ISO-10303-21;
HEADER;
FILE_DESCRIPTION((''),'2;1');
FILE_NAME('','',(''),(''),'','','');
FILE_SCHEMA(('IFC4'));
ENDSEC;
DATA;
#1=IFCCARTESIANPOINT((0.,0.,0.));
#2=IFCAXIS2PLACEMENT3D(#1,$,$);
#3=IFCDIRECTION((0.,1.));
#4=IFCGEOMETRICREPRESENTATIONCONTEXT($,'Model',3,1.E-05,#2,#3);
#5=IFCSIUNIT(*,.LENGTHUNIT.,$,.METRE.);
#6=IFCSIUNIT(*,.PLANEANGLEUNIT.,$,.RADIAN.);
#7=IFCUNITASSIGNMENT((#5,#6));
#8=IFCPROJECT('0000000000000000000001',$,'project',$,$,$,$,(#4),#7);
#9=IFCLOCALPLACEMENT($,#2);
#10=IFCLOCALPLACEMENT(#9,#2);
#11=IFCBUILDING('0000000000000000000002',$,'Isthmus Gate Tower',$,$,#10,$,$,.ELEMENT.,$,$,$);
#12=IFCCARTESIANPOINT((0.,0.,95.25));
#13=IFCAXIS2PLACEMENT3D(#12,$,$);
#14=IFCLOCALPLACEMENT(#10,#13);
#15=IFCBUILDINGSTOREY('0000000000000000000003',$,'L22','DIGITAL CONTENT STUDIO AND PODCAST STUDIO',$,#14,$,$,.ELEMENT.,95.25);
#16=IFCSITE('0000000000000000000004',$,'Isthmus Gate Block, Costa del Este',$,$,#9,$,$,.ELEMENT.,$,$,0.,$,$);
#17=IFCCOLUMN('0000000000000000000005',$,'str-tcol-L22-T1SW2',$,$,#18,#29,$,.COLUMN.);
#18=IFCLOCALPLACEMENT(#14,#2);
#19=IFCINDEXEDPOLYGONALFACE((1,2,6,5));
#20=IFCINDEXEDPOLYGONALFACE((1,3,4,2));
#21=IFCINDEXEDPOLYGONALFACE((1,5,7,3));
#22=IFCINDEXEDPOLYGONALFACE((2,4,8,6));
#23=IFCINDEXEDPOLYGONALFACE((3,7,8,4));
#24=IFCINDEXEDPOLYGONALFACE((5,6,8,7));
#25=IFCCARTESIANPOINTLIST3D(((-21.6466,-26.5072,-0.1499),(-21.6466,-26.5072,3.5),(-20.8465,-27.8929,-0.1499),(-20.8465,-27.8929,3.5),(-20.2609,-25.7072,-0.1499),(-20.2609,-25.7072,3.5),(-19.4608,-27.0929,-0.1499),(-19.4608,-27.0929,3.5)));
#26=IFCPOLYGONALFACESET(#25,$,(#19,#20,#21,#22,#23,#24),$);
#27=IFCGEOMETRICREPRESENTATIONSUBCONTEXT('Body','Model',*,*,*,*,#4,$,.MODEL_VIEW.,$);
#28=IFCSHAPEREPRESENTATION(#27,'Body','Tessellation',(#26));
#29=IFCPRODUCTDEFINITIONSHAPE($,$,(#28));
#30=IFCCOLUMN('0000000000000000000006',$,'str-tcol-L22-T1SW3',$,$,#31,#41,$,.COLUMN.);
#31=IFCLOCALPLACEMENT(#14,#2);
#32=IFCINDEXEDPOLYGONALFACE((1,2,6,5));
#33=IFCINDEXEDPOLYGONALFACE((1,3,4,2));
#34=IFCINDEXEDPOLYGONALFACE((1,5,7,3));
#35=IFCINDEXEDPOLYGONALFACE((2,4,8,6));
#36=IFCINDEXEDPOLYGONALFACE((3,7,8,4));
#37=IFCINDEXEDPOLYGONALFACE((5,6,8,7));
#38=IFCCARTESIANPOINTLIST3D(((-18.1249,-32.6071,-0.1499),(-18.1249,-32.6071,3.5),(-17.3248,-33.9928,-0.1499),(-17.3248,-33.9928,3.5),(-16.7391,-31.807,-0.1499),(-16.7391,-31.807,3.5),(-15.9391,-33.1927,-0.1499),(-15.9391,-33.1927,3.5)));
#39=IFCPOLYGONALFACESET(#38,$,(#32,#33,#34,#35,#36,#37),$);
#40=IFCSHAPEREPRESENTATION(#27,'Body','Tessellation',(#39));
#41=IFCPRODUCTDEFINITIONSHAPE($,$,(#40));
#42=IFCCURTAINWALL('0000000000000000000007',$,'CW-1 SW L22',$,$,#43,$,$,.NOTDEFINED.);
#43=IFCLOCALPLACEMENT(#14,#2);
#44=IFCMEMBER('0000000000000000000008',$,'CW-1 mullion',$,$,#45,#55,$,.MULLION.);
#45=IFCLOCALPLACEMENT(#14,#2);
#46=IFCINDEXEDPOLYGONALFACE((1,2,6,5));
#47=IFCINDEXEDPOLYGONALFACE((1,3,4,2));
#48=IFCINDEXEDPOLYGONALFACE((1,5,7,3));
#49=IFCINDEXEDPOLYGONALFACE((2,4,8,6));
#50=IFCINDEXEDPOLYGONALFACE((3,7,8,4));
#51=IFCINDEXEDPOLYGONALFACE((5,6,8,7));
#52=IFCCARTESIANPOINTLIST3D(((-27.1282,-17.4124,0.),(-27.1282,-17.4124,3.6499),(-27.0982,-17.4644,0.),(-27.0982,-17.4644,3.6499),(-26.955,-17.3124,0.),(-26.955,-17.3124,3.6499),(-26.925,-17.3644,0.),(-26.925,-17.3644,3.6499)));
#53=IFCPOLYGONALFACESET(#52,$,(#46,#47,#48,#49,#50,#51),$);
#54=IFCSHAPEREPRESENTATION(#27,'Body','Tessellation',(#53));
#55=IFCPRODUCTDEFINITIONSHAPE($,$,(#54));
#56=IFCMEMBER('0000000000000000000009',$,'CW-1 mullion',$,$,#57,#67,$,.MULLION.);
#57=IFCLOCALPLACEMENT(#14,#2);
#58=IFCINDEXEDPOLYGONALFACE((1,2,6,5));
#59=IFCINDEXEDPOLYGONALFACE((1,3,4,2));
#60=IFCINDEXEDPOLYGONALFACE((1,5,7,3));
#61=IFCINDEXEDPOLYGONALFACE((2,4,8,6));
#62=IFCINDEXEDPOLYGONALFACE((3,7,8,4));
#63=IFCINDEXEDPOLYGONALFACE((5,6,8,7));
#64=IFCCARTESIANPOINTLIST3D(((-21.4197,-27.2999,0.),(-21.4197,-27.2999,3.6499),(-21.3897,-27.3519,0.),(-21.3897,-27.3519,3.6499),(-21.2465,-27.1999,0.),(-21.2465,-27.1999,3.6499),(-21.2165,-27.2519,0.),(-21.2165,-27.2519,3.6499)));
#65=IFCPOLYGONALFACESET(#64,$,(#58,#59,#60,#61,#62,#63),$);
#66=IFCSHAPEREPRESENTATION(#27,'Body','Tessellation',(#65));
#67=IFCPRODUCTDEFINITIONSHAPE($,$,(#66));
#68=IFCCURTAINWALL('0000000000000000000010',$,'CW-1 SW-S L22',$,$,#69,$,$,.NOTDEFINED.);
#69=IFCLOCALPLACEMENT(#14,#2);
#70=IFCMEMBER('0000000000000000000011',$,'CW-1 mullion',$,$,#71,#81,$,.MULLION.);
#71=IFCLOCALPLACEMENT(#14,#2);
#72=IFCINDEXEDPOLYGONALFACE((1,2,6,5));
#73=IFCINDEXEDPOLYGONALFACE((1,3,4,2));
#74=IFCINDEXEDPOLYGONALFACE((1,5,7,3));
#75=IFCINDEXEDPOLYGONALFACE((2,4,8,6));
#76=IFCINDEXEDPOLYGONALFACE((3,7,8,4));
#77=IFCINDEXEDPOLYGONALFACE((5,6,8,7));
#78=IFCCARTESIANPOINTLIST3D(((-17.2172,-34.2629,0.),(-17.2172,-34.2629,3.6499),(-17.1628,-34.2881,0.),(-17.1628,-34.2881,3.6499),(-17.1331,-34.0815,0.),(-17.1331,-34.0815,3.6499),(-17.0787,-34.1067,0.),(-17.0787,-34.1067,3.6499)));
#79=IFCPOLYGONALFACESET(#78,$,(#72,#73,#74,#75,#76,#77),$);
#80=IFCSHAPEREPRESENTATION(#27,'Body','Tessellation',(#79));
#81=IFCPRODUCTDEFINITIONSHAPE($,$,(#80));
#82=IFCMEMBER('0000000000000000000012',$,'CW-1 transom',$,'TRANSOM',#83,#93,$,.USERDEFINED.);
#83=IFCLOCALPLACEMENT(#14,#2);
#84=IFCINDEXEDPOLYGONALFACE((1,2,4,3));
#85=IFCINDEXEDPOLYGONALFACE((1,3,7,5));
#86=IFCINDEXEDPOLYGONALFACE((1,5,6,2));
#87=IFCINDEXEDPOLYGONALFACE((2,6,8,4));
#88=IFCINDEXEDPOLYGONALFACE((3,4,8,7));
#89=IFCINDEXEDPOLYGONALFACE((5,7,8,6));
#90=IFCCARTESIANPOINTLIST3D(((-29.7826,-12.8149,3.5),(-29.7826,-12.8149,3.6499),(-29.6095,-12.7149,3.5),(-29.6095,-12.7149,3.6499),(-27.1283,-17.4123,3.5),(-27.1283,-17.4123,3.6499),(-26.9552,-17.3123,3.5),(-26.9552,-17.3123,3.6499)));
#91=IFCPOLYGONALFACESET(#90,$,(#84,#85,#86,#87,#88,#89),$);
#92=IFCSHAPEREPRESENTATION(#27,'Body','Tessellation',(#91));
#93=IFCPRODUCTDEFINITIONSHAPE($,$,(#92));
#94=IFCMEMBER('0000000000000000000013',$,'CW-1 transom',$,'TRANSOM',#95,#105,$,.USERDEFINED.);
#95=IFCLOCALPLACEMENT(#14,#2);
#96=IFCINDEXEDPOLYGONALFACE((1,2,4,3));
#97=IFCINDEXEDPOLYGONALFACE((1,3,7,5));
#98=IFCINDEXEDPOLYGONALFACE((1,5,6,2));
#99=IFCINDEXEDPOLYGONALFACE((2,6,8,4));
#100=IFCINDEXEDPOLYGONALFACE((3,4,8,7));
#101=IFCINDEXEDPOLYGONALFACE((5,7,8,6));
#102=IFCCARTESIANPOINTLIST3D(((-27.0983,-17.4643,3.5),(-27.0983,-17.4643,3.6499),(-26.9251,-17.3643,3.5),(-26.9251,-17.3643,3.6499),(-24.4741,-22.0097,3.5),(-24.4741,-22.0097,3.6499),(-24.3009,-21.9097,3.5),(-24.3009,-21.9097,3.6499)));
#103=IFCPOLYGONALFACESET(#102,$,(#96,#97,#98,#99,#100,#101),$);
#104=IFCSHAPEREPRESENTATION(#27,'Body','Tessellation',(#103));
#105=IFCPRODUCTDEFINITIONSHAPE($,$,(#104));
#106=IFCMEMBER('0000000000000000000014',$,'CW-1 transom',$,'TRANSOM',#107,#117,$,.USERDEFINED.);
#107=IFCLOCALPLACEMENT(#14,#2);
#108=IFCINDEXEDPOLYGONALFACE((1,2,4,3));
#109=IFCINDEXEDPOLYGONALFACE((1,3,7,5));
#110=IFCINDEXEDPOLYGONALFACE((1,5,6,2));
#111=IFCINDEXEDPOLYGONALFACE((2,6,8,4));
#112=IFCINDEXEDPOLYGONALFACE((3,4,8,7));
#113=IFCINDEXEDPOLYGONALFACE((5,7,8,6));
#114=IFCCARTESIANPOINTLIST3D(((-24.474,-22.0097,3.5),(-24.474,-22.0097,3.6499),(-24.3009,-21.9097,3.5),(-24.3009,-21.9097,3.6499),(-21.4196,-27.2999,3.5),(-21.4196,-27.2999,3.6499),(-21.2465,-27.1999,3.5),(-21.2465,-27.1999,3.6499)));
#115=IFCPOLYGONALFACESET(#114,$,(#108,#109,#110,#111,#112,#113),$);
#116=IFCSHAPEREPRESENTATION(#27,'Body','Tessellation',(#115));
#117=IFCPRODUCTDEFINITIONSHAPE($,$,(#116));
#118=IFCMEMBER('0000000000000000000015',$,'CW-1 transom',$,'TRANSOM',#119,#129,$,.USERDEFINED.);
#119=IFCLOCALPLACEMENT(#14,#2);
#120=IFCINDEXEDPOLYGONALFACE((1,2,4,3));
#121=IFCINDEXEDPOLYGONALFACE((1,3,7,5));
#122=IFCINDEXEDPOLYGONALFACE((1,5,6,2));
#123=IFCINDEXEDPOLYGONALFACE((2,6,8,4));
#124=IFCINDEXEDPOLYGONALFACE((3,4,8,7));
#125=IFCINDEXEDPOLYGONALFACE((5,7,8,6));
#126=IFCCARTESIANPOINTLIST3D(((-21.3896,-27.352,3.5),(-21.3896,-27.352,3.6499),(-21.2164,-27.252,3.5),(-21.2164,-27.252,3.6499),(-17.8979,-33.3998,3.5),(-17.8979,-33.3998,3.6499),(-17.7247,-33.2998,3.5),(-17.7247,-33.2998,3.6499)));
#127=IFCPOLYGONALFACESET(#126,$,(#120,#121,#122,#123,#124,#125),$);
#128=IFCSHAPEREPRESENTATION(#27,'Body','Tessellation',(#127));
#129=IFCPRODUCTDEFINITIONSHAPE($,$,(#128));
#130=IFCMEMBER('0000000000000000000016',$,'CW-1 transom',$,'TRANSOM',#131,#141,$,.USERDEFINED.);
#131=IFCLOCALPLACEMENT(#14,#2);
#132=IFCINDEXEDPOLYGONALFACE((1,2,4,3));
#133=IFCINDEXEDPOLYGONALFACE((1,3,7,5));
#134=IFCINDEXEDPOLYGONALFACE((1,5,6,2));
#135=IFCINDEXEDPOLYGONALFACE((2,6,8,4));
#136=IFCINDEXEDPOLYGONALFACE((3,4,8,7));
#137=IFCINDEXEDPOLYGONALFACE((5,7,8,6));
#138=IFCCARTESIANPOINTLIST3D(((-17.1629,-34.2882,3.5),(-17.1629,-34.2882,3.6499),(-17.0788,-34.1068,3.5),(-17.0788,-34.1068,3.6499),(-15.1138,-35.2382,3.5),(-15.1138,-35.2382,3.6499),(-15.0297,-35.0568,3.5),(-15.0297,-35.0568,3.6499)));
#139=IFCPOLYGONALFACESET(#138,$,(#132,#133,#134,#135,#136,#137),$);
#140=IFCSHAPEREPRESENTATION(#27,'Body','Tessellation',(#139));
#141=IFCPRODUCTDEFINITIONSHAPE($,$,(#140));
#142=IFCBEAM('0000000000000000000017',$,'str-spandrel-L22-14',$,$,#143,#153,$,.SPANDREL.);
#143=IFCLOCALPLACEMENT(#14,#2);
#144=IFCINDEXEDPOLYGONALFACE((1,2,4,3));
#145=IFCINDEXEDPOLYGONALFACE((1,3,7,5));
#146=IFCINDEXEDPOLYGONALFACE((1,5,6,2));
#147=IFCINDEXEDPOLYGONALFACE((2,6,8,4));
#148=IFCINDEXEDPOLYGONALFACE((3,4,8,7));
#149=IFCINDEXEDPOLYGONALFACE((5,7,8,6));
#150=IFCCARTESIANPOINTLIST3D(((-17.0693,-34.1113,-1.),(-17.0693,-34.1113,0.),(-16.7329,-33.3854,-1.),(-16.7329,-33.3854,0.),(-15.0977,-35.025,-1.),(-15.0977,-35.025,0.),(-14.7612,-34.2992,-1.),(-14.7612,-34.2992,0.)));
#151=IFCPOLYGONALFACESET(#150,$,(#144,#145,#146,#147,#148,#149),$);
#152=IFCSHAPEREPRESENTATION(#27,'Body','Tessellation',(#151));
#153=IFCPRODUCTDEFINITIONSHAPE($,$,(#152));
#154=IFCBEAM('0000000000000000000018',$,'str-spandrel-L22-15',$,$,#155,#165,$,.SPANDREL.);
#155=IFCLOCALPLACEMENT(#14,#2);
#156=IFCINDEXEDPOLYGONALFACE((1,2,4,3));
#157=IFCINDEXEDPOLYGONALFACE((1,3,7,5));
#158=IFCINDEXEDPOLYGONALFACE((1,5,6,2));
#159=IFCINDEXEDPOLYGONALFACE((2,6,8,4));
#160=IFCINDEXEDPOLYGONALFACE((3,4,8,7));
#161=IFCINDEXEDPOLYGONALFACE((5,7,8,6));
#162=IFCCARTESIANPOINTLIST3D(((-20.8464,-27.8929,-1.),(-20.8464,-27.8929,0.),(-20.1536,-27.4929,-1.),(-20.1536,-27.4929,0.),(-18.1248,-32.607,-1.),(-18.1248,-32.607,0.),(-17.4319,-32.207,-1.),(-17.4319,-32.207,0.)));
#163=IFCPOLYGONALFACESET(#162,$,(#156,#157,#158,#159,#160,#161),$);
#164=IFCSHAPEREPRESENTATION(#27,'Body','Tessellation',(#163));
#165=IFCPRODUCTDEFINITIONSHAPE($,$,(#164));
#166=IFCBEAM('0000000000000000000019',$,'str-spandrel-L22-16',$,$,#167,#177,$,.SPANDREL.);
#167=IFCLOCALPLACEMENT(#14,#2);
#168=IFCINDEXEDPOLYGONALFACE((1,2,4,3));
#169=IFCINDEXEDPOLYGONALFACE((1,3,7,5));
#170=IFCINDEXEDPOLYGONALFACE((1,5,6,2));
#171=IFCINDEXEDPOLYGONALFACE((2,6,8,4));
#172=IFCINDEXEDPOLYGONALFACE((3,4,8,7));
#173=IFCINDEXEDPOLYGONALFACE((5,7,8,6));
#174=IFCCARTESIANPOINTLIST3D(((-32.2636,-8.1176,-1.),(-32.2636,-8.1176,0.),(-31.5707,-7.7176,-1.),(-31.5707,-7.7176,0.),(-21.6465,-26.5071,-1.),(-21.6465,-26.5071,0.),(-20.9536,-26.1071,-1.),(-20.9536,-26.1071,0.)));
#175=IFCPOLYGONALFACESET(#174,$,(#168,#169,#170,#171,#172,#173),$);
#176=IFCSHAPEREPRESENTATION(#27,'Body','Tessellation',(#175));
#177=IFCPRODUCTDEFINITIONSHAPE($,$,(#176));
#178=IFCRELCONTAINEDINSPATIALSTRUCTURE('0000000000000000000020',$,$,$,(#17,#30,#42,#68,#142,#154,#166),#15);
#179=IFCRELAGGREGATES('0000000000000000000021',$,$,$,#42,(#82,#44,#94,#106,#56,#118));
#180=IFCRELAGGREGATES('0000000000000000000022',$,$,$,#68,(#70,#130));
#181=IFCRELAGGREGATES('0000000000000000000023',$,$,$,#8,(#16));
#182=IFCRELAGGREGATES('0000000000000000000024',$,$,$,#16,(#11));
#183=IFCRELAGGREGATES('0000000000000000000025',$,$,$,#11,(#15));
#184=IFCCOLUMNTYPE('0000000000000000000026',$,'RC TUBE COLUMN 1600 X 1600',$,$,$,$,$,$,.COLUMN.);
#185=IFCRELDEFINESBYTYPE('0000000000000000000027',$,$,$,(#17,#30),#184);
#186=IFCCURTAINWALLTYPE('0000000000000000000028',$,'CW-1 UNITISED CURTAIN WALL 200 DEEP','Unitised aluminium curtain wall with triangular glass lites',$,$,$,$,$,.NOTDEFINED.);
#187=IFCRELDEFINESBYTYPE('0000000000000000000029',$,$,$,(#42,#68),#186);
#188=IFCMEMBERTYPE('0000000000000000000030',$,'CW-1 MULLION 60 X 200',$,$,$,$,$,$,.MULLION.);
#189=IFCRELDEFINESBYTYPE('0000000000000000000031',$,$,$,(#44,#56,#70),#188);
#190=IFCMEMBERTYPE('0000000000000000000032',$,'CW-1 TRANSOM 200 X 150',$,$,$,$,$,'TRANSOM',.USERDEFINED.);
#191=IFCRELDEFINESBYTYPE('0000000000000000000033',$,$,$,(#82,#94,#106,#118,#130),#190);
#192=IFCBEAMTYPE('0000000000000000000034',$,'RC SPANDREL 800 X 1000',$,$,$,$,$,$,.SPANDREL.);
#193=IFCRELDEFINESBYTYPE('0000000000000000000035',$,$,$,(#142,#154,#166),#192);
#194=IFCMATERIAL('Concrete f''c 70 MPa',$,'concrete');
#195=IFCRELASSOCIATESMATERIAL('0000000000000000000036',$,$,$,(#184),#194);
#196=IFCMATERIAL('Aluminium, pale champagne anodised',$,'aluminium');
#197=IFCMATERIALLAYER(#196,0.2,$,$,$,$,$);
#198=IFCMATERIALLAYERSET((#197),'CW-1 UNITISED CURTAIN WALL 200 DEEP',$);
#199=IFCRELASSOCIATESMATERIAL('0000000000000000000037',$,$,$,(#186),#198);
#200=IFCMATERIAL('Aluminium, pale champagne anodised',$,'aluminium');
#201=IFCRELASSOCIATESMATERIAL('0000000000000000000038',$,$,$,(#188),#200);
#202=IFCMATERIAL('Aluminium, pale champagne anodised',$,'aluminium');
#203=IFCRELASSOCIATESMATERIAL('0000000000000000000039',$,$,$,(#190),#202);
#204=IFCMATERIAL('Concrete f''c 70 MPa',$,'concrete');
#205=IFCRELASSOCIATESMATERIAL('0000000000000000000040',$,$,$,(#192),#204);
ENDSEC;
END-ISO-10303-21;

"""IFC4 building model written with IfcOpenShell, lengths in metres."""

from ifc_helpers import new_model, si_unit, direction, frame, origin, origin_2d, place, context, subcontext, project, spatial, rectangle, extrude, material, layer, layer_set, material_profile, profile_set, type_object, element, aggregate, save


model = new_model("IFC4")

# Units and contexts
model_context = context("Model", 3, precision=1e-05, world=origin(), true_north=direction((0.0, 1.0)))
body_context = subcontext(model_context, "Body", "Model", "MODEL_VIEW")
ifc_project = project(units=[si_unit("LENGTHUNIT", "METRE"), si_unit("PLANEANGLEUNIT", "RADIAN")], contexts=[model_context])

# Site, building, storey
site_placement = place(None, origin())
site = spatial("IfcSite", under=ifc_project, at=site_placement, Name="Isthmus Gate Block, Costa del Este", CompositionType="ELEMENT", RefElevation=0.0)
building_placement = place(site_placement, origin())
building = spatial("IfcBuilding", under=site, at=building_placement, Name="Isthmus Gate Tower", CompositionType="ELEMENT")
storey_placement = place(building_placement, frame((0.0, 0.0, 95.25)))
storey = spatial("IfcBuildingStorey", under=building, at=storey_placement, Name="L22", Description="DIGITAL CONTENT STUDIO AND PODCAST STUDIO", CompositionType="ELEMENT", Elevation=95.25)

# Columns
ifc_material_1 = material(Name="Concrete f'c 70 MPa", Category="concrete")
ifc_material_profile_1 = material_profile(ifc_material_1, rectangle(XDim=1.6001, YDim=1.6001, at=origin_2d()), Name="RC 1600X1600")
ifc_profile_set_1 = profile_set([ifc_material_profile_1], Name="Concrete f'c 70 MPa")
column_type = type_object("IfcColumnType", Name="RC TUBE COLUMN 1600 X 1600", PredefinedType="COLUMN", material=ifc_profile_set_1)
for number, where, z_axis, x_axis, name in (
    (1, (-20.5537, -26.8, -0.1499), (0.0, 0.0, 1.0), (0.5, -0.866025, 0.0), "str-tcol-L22-T1SW2"),
    (2, (-17.032, -32.8999, -0.1499), (0.0, 0.0, 1.0), (0.5, -0.866025, 0.0), "str-tcol-L22-T1SW3"),
):
    element("IfcColumn", number, at=place(storey_placement, frame(where, z_axis=z_axis, x_axis=x_axis)), inside=storey, type_object=column_type, Name=name, PredefinedType="COLUMN", context=body_context, shape_type="SweptSolid", body=[
        extrude(rectangle(XDim=1.6001, YDim=1.6001, at=origin_2d()), origin(), (0.0, 0.0, 1.0), 3.6499),
    ])

# Curtain wall, members
ifc_material_2 = material(Name="Aluminium, pale champagne anodised", Category="aluminium")
ifc_layer_1 = layer(ifc_material_2, 0.2)
ifc_layer_set_1 = layer_set([ifc_layer_1], Name="CW-1 UNITISED CURTAIN WALL 200 DEEP")
curtain_wall_type = type_object("IfcCurtainWallType", Name="CW-1 UNITISED CURTAIN WALL 200 DEEP", Description="Unitised aluminium curtain wall with triangular glass lites", PredefinedType="NOTDEFINED", material=ifc_layer_set_1)
curtain_wall_1_placement = place(storey_placement, origin())
curtain_wall_1 = element("IfcCurtainWall", 3, at=curtain_wall_1_placement, inside=storey, type_object=curtain_wall_type, Name="CW-1 SW L22", PredefinedType="NOTDEFINED")
ifc_material_3 = material(Name="Aluminium, pale champagne anodised", Category="aluminium")
ifc_material_profile_2 = material_profile(ifc_material_3, rectangle(XDim=0.0601, YDim=0.2, at=origin_2d()), Name="60x200")
ifc_profile_set_2 = profile_set([ifc_material_profile_2], Name="Aluminium, pale champagne anodised")
member_type_1 = type_object("IfcMemberType", Name="CW-1 MULLION 60 X 200", PredefinedType="MULLION", material=ifc_profile_set_2)
member_1_placement = place(storey_placement, frame((-27.0266, -17.3884, 0.0), z_axis=(0.0, 0.0, 1.0), x_axis=(0.5, -0.866025, 0.0)))
member_1 = element("IfcMember", 4, at=member_1_placement, type_object=member_type_1, Name="CW-1 mullion", PredefinedType="MULLION", context=body_context, shape_type="SweptSolid", body=[
    extrude(rectangle(XDim=0.0601, YDim=0.2, at=origin_2d()), origin(), (0.0, 0.0, 1.0), 3.6499),
])
member_2_placement = place(storey_placement, frame((-21.3181, -27.2759, 0.0), z_axis=(0.0, 0.0, 1.0), x_axis=(0.5, -0.866025, 0.0)))
member_2 = element("IfcMember", 5, at=member_2_placement, type_object=member_type_1, Name="CW-1 mullion", PredefinedType="MULLION", context=body_context, shape_type="SweptSolid", body=[
    extrude(rectangle(XDim=0.0601, YDim=0.2, at=origin_2d()), origin(), (0.0, 0.0, 1.0), 3.6499),
])

# Curtain wall, member
curtain_wall_2_placement = place(storey_placement, origin())
curtain_wall_2 = element("IfcCurtainWall", 6, at=curtain_wall_2_placement, inside=storey, type_object=curtain_wall_type, Name="CW-1 SW-S L22", PredefinedType="NOTDEFINED")
member_3_placement = place(storey_placement, frame((-17.1479, -34.1848, 0.0), z_axis=(0.0, 0.0, 1.0), x_axis=(0.907256, -0.420578, 0.0)))
member_3 = element("IfcMember", 7, at=member_3_placement, type_object=member_type_1, Name="CW-1 mullion", PredefinedType="MULLION", context=body_context, shape_type="SweptSolid", body=[
    extrude(rectangle(XDim=0.0601, YDim=0.2, at=origin_2d()), origin(), (0.0, 0.0, 1.0), 3.6499),
])

# Members
ifc_material_4 = material(Name="Aluminium, pale champagne anodised", Category="aluminium")
ifc_material_profile_3 = material_profile(ifc_material_4, rectangle(XDim=0.2, YDim=0.1499, at=origin_2d()), Name="200x150")
ifc_profile_set_3 = profile_set([ifc_material_profile_3], Name="Aluminium, pale champagne anodised")
member_type_2 = type_object("IfcMemberType", Name="CW-1 TRANSOM 200 X 150", ElementType="TRANSOM", PredefinedType="USERDEFINED", material=ifc_profile_set_3)
member_4_placement = place(storey_placement, frame((-29.696, -12.7649, 3.575), z_axis=(0.499997, -0.866027, 0.0), x_axis=(0.866027, 0.499997, 0.0)))
member_4 = element("IfcMember", 8, at=member_4_placement, type_object=member_type_2, Name="CW-1 transom", ObjectType="TRANSOM", PredefinedType="USERDEFINED", context=body_context, shape_type="SweptSolid", body=[
    extrude(rectangle(XDim=0.2, YDim=0.1499, at=origin_2d()), origin(), (0.0, 0.0, 1.0), 5.3086),
])
member_5_placement = place(storey_placement, frame((-27.0117, -17.4143, 3.575), z_axis=(0.499996, -0.866028, 0.0), x_axis=(0.866028, 0.499996, 0.0)))
member_5 = element("IfcMember", 9, at=member_5_placement, type_object=member_type_2, Name="CW-1 transom", ObjectType="TRANSOM", PredefinedType="USERDEFINED", context=body_context, shape_type="SweptSolid", body=[
    extrude(rectangle(XDim=0.2, YDim=0.1499, at=origin_2d()), origin(), (0.0, 0.0, 1.0), 5.2485),
])
member_6_placement = place(storey_placement, frame((-24.3875, -21.9597, 3.575), z_axis=(0.500012, -0.866019, 0.0), x_axis=(0.866019, 0.500012, 0.0)))
member_6 = element("IfcMember", 10, at=member_6_placement, type_object=member_type_2, Name="CW-1 transom", ObjectType="TRANSOM", PredefinedType="USERDEFINED", context=body_context, shape_type="SweptSolid", body=[
    extrude(rectangle(XDim=0.2, YDim=0.1499, at=origin_2d()), origin(), (0.0, 0.0, 1.0), 6.1086),
])
member_7_placement = place(storey_placement, frame((-21.303, -27.302, 3.575), z_axis=(0.499997, -0.866027, 0.0), x_axis=(0.866027, 0.499997, 0.0)))
member_7 = element("IfcMember", 11, at=member_7_placement, type_object=member_type_2, Name="CW-1 transom", ObjectType="TRANSOM", PredefinedType="USERDEFINED", context=body_context, shape_type="SweptSolid", body=[
    extrude(rectangle(XDim=0.2, YDim=0.1499, at=origin_2d()), origin(), (0.0, 0.0, 1.0), 6.9834),
])
member_8_placement = place(storey_placement, frame((-17.1208, -34.1975, 3.575), z_axis=(0.907246, -0.4206, 0.0), x_axis=(0.4206, 0.907246, 0.0)))
member_8 = element("IfcMember", 12, at=member_8_placement, type_object=member_type_2, Name="CW-1 transom", ObjectType="TRANSOM", PredefinedType="USERDEFINED", context=body_context, shape_type="SweptSolid", body=[
    extrude(rectangle(XDim=0.2, YDim=0.1499, at=origin_2d()), origin(), (0.0, 0.0, 1.0), 2.2585),
])

# Beams
ifc_material_5 = material(Name="Concrete f'c 70 MPa", Category="concrete")
ifc_material_profile_4 = material_profile(ifc_material_5, rectangle(XDim=0.8, YDim=1.0, at=origin_2d()), Name="RC 800X1000")
ifc_profile_set_4 = profile_set([ifc_material_profile_4], Name="Concrete f'c 70 MPa")
beam_type_1 = type_object("IfcBeamType", Name="RC SPANDREL 800 X 1000", PredefinedType="SPANDREL", material=ifc_profile_set_4)
beam_1_placement = place(storey_placement, frame((-14.9294, -34.6621, -0.5), z_axis=(-0.907291, 0.420504, 0.0), x_axis=(-0.420504, -0.907291, 0.0)))
element("IfcBeam", 13, at=beam_1_placement, inside=storey, type_object=beam_type_1, Name="str-spandrel-L22-14", PredefinedType="SPANDREL", context=body_context, shape_type="SweptSolid", body=[
    extrude(rectangle(XDim=0.8, YDim=1.0, at=origin_2d()), origin(), (0.0, 0.0, 1.0), 2.1731),
])
beam_2_placement = place(storey_placement, frame((-17.7783, -32.407, -0.5), z_axis=(-0.499998, 0.866026, 0.0), x_axis=(-0.866026, -0.499998, 0.0)))
element("IfcBeam", 14, at=beam_2_placement, inside=storey, type_object=beam_type_1, Name="str-spandrel-L22-15", PredefinedType="SPANDREL", context=body_context, shape_type="SweptSolid", body=[
    extrude(rectangle(XDim=0.8, YDim=1.0, at=origin_2d()), origin(), (0.0, 0.0, 1.0), 5.4434),
])
beam_3_placement = place(storey_placement, frame((-21.3, -26.3071, -0.5), z_axis=(-0.499997, 0.866027, 0.0), x_axis=(-0.866027, -0.499997, 0.0)))
element("IfcBeam", 15, at=beam_3_placement, inside=storey, type_object=beam_type_1, Name="str-spandrel-L22-16", PredefinedType="SPANDREL", context=body_context, shape_type="SweptSolid", body=[
    extrude(rectangle(XDim=0.8, YDim=1.0, at=origin_2d()), origin(), (0.0, 0.0, 1.0), 21.2344),
])

aggregate(curtain_wall_1, [member_4, member_1, member_5, member_6, member_2, member_7])
aggregate(curtain_wall_2, [member_3, member_8])

save(model, "model.ifc")
